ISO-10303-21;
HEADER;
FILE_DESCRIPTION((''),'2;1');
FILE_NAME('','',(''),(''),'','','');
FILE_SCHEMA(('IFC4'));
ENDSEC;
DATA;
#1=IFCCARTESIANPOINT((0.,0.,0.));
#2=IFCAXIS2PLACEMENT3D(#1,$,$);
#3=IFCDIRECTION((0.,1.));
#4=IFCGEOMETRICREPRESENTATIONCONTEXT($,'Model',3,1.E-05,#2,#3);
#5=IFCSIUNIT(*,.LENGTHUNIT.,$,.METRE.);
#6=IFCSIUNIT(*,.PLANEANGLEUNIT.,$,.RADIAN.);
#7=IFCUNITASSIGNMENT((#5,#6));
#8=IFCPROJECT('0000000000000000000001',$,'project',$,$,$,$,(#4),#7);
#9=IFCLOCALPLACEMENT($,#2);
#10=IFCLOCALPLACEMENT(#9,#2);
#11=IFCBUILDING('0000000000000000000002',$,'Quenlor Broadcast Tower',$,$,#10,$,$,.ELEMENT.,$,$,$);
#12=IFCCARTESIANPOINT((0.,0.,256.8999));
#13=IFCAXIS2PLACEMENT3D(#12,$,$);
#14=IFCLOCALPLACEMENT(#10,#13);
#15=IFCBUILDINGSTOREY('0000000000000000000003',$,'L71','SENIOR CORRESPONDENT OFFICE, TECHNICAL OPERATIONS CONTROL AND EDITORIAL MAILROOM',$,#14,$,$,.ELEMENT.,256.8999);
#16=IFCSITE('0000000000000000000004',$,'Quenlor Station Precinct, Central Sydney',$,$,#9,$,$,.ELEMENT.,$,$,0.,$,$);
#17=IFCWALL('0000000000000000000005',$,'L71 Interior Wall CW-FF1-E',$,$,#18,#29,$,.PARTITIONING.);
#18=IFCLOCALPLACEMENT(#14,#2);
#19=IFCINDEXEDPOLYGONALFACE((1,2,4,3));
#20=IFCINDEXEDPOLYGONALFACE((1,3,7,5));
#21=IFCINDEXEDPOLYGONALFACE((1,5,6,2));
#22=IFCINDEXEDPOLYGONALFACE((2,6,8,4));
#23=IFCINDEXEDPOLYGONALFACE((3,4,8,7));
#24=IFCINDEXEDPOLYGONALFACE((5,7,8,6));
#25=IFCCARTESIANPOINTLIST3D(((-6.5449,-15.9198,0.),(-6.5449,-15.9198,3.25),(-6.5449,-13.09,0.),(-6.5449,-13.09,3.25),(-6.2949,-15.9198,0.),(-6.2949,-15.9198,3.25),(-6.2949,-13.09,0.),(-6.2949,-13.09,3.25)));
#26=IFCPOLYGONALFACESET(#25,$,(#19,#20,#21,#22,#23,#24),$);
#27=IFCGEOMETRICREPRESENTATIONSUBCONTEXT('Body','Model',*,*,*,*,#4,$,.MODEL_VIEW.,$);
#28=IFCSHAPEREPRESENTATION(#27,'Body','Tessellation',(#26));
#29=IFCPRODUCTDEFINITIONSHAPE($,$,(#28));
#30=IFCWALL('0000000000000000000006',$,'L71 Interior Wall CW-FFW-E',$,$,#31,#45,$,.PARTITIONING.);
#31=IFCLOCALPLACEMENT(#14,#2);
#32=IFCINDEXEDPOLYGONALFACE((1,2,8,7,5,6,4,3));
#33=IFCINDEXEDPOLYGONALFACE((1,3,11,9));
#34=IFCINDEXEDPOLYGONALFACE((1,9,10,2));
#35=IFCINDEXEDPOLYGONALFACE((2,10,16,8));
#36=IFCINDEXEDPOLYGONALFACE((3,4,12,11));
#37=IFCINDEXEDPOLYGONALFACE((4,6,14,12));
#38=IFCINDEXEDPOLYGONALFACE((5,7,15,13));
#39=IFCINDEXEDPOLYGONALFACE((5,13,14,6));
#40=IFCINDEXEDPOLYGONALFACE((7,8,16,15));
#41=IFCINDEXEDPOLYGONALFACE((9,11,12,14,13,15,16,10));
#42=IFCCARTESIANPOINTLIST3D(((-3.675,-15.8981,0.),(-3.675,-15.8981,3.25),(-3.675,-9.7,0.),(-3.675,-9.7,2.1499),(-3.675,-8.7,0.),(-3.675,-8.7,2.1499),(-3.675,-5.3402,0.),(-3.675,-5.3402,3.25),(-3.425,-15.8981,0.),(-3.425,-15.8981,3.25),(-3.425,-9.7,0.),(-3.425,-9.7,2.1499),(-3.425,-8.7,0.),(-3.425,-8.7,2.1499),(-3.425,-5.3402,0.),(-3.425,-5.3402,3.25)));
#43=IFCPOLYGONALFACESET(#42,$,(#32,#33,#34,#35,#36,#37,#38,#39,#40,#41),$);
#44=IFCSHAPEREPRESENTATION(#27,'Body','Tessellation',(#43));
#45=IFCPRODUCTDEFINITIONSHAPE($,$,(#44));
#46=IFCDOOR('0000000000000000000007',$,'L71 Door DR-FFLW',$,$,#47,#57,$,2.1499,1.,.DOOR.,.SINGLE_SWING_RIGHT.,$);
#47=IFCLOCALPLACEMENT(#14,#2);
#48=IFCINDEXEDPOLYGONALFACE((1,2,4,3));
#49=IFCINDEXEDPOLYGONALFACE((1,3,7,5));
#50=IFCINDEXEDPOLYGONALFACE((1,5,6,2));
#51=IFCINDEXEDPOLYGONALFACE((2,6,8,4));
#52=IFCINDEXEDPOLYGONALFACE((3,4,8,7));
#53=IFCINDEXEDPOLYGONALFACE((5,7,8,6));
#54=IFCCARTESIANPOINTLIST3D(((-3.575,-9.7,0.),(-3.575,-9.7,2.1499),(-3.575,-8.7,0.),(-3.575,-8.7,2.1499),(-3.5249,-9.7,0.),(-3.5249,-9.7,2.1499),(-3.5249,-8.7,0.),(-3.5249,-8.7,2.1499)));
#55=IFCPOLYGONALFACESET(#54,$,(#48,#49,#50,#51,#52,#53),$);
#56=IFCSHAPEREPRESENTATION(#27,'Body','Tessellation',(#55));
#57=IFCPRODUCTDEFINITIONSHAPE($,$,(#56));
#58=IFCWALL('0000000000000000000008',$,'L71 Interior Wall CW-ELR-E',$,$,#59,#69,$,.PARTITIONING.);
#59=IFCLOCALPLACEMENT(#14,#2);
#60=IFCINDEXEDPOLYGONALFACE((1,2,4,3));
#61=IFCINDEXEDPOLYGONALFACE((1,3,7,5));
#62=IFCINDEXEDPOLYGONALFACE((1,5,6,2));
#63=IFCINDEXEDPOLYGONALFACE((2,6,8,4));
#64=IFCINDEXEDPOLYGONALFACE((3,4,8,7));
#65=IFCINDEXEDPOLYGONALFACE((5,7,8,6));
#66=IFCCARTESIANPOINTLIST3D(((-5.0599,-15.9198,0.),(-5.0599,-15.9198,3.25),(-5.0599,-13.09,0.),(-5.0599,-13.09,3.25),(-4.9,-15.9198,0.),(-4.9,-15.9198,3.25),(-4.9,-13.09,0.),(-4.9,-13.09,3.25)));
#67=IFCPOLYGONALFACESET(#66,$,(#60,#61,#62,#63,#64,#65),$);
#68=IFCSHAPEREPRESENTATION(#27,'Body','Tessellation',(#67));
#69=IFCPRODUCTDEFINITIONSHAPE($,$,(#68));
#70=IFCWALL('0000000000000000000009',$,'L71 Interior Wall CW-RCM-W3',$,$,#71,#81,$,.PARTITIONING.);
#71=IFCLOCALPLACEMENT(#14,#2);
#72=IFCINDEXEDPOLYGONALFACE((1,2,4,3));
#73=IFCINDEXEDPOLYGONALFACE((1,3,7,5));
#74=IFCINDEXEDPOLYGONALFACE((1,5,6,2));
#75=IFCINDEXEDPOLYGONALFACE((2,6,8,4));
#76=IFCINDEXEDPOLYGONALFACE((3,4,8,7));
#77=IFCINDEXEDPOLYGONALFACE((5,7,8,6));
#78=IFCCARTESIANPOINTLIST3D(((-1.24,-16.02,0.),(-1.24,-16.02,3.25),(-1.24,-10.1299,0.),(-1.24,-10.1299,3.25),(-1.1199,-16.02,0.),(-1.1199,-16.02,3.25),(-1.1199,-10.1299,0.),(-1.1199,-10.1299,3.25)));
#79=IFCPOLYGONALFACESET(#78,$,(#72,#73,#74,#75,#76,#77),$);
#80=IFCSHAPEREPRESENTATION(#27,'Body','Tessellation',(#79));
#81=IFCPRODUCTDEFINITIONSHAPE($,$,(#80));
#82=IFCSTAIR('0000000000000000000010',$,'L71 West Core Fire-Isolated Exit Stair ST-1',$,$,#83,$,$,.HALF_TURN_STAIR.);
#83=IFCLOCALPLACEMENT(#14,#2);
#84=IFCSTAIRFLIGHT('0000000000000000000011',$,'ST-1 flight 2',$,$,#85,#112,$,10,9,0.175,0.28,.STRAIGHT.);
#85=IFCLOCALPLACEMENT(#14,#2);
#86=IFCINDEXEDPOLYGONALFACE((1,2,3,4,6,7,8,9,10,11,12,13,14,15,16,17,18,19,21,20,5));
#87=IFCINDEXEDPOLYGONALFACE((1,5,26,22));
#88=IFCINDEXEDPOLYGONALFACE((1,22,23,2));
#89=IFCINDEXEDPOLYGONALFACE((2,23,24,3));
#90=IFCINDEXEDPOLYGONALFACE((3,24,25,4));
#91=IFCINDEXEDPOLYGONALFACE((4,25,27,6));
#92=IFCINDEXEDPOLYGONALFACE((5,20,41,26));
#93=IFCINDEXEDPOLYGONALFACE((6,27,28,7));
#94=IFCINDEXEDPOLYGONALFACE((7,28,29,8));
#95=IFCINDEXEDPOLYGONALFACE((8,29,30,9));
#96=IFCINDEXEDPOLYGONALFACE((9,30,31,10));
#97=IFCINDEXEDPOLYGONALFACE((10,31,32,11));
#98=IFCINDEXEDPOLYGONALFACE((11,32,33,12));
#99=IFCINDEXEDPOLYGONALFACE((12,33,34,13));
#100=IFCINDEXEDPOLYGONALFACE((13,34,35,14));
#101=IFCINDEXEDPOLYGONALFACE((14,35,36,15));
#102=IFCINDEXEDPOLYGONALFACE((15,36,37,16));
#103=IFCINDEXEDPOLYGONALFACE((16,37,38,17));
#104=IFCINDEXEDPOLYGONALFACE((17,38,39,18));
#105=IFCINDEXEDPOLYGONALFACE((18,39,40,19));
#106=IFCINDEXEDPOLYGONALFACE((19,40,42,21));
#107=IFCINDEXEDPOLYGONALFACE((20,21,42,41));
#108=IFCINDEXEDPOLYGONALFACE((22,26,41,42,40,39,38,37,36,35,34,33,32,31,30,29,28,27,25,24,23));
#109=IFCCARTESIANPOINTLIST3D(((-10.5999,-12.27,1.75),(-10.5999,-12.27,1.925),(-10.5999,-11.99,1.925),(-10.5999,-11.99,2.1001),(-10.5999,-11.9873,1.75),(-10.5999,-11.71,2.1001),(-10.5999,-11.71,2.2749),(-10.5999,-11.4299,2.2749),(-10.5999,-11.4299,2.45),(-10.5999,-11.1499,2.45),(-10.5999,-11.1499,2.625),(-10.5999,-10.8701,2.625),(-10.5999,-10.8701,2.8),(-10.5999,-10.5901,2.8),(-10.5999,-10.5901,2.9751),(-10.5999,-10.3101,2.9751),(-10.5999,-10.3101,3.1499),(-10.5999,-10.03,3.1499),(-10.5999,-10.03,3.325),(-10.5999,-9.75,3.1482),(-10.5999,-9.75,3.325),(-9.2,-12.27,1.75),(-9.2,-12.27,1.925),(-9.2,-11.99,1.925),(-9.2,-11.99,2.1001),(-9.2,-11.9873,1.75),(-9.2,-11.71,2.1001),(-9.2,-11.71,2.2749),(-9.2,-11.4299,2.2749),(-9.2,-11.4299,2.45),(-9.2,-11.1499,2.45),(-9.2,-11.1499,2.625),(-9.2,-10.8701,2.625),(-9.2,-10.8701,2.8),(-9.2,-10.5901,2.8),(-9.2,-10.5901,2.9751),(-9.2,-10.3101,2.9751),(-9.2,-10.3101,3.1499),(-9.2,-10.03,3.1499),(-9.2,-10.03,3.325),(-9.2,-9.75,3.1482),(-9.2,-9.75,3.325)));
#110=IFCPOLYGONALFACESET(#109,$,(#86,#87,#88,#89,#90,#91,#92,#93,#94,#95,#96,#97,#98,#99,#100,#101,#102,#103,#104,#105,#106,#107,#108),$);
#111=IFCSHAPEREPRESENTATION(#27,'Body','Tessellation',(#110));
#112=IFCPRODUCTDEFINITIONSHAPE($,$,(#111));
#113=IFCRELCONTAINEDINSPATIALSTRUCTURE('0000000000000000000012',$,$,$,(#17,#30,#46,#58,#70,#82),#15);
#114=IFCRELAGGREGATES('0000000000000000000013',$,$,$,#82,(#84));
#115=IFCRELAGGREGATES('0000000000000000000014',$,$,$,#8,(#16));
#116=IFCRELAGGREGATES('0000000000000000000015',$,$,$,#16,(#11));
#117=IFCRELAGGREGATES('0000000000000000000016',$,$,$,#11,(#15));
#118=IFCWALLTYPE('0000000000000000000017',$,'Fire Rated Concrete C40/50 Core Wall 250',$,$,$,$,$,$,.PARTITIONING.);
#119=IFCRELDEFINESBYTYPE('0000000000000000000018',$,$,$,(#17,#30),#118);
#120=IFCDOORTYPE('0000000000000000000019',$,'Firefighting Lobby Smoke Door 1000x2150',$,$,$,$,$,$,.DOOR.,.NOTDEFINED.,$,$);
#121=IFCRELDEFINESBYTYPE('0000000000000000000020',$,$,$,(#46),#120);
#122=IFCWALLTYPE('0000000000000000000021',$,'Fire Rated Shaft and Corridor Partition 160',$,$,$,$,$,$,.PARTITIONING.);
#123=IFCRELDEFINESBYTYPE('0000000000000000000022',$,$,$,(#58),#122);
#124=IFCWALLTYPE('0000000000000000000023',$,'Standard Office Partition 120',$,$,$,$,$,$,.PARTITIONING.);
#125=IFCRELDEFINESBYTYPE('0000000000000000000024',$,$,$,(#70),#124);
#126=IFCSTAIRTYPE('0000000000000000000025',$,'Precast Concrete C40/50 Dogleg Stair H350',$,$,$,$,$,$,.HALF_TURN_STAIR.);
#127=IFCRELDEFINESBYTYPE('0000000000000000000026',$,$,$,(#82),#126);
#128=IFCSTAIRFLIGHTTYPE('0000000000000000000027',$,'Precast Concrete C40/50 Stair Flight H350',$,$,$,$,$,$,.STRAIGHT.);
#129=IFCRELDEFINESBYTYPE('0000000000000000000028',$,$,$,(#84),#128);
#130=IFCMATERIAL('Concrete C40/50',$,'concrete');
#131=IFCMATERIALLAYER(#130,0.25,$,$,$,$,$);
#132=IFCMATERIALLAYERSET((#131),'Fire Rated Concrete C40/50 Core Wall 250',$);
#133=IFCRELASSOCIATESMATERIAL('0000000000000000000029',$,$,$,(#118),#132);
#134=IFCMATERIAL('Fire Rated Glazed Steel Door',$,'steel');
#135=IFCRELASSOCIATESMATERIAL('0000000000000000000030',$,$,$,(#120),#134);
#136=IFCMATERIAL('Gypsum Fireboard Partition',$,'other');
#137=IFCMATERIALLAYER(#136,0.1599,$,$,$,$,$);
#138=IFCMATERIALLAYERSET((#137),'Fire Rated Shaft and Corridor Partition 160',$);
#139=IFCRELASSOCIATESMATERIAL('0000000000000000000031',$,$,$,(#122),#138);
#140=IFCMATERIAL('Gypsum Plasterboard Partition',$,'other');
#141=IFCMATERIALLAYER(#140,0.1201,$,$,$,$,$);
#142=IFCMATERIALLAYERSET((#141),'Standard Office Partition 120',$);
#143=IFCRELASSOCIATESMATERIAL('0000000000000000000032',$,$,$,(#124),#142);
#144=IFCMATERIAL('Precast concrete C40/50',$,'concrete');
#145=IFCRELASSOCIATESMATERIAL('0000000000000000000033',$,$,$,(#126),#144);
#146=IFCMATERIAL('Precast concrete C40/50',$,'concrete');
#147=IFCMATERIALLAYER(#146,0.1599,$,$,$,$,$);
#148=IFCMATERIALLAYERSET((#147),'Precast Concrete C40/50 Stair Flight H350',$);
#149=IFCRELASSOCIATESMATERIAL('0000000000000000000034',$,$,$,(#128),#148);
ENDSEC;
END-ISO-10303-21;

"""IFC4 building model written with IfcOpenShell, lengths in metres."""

from ifc_helpers import new_model, si_unit, direction, frame, frame_2d, origin, place, context, subcontext, project, spatial, polyline, rectangle, outline, extrude, material, layer, layer_set, type_object, element, fill, aggregate, save


model = new_model("IFC4")

# Units and contexts
model_context = context("Model", 3, precision=1e-05, world=origin(), true_north=direction((0.0, 1.0)))
body_context = subcontext(model_context, "Body", "Model", "MODEL_VIEW")
ifc_project = project(units=[si_unit("LENGTHUNIT", "METRE"), si_unit("PLANEANGLEUNIT", "RADIAN")], contexts=[model_context])

# Site, building, storey
site_placement = place(None, origin())
site = spatial("IfcSite", under=ifc_project, at=site_placement, Name="Quenlor Station Precinct, Central Sydney", CompositionType="ELEMENT", RefElevation=0.0)
building_placement = place(site_placement, origin())
building = spatial("IfcBuilding", under=site, at=building_placement, Name="Quenlor Broadcast Tower", CompositionType="ELEMENT")
storey_placement = place(building_placement, frame((0.0, 0.0, 256.8999)))
storey = spatial("IfcBuildingStorey", under=building, at=storey_placement, Name="L71", Description="SENIOR CORRESPONDENT OFFICE, TECHNICAL OPERATIONS CONTROL AND EDITORIAL MAILROOM", CompositionType="ELEMENT", Elevation=256.8999)

# Shared definitions
ifc_material_1 = material(Name="Concrete C40/50", Category="concrete")
ifc_layer_1 = layer(ifc_material_1, 0.25)
ifc_layer_set_1 = layer_set([ifc_layer_1], Name="Fire Rated Concrete C40/50 Core Wall 250")
wall_type_1 = type_object("IfcWallType", Name="Fire Rated Concrete C40/50 Core Wall 250", PredefinedType="PARTITIONING", material=ifc_layer_set_1)

# Wall
wall_1_placement = place(storey_placement, frame((-6.4199, -15.9199, 0.0), z_axis=(0.0, 0.0, 1.0), x_axis=(0.0, 1.0, 0.0)))
element("IfcWall", 1, at=wall_1_placement, inside=storey, type_object=wall_type_1, Name="L71 Interior Wall CW-FF1-E", PredefinedType="PARTITIONING", context=body_context, shape_type="SweptSolid", body=[
    extrude(rectangle(XDim=2.8298, YDim=0.25, at=frame_2d((1.415, 0.0))), origin(), (0.0, 0.0, 1.0), 3.25),
])

# Wall, opening, door
wall_2_placement = place(storey_placement, frame((-3.55, -15.8979, 0.0), z_axis=(0.0, 0.0, 1.0), x_axis=(0.0, 1.0, 0.0)))
wall_2 = element("IfcWall", 2, at=wall_2_placement, inside=storey, type_object=wall_type_1, Name="L71 Interior Wall CW-FFW-E", PredefinedType="PARTITIONING", context=body_context, shape_type="SweptSolid", body=[
    extrude(rectangle(XDim=10.5579, YDim=0.25, at=frame_2d((5.2788, 0.0))), origin(), (0.0, 0.0, 1.0), 3.25),
])
opening_1_placement = place(wall_2_placement, frame((6.198, 0.0, 0.0)))
opening_1 = element("IfcOpeningElement", 3, at=opening_1_placement, cuts=wall_2, PredefinedType="OPENING", context=body_context, shape_type="SweptSolid", body=[
    extrude(rectangle(XDim=1.0, YDim=2.1499, at=frame_2d((0.5, 1.075))), frame((0.0, 0.135, 0.0), z_axis=(0.0, -1.0, 0.0), x_axis=(1.0, 0.0, 0.0)), (0.0, 0.0, 1.0), 0.27),
])
ifc_material_2 = material(Name="Fire Rated Glazed Steel Door", Category="steel")
door_type_1 = type_object("IfcDoorType", Name="Firefighting Lobby Smoke Door 1000x2150", OperationType="NOTDEFINED", PredefinedType="DOOR", material=ifc_material_2)
door_1_placement = place(opening_1_placement, origin())
door_1 = element("IfcDoor", 4, at=door_1_placement, inside=storey, type_object=door_type_1, Name="L71 Door DR-FFLW", OperationType="SINGLE_SWING_RIGHT", OverallHeight=2.1499, OverallWidth=1.0, PredefinedType="DOOR", context=body_context, shape_type="SweptSolid", body=[
    extrude(rectangle(XDim=1.0, YDim=2.1499, at=frame_2d((0.5, 1.075))), frame((0.0, 0.0249, 0.0), z_axis=(0.0, -1.0, 0.0), x_axis=(1.0, 0.0, 0.0)), (0.0, 0.0, 1.0), 0.05),
])
fill(opening_1, door_1)

# Wall
ifc_material_3 = material(Name="Gypsum Fireboard Partition", Category="other")
ifc_layer_2 = layer(ifc_material_3, 0.1599)
ifc_layer_set_2 = layer_set([ifc_layer_2], Name="Fire Rated Shaft and Corridor Partition 160")
wall_type_2 = type_object("IfcWallType", Name="Fire Rated Shaft and Corridor Partition 160", PredefinedType="PARTITIONING", material=ifc_layer_set_2)
wall_3_placement = place(storey_placement, frame((-4.98, -15.9199, 0.0), z_axis=(0.0, 0.0, 1.0), x_axis=(0.0, 1.0, 0.0)))
element("IfcWall", 5, at=wall_3_placement, inside=storey, type_object=wall_type_2, Name="L71 Interior Wall CW-ELR-E", PredefinedType="PARTITIONING", context=body_context, shape_type="SweptSolid", body=[
    extrude(rectangle(XDim=2.8298, YDim=0.1599, at=frame_2d((1.415, 0.0))), origin(), (0.0, 0.0, 1.0), 3.25),
])

# Shared definitions
ifc_material_4 = material(Name="Gypsum Plasterboard Partition", Category="other")
ifc_layer_3 = layer(ifc_material_4, 0.1201)
ifc_layer_set_3 = layer_set([ifc_layer_3], Name="Standard Office Partition 120")
wall_type_3 = type_object("IfcWallType", Name="Standard Office Partition 120", PredefinedType="PARTITIONING", material=ifc_layer_set_3)

# Wall
wall_4_placement = place(storey_placement, frame((-1.1799, -16.02, 0.0), z_axis=(0.0, 0.0, 1.0), x_axis=(0.0, 1.0, 0.0)))
element("IfcWall", 6, at=wall_4_placement, inside=storey, type_object=wall_type_3, Name="L71 Interior Wall CW-RCM-W3", PredefinedType="PARTITIONING", context=body_context, shape_type="SweptSolid", body=[
    extrude(rectangle(XDim=5.8901, YDim=0.1201, at=frame_2d((2.9451, 0.0))), origin(), (0.0, 0.0, 1.0), 3.25),
])

# Stair, stair flight
ifc_material_5 = material(Name="Precast concrete C40/50", Category="concrete")
stair_type = type_object("IfcStairType", Name="Precast Concrete C40/50 Dogleg Stair H350", PredefinedType="HALF_TURN_STAIR", material=ifc_material_5)
stair_placement = place(storey_placement, origin())
stair = element("IfcStair", 7, at=stair_placement, inside=storey, type_object=stair_type, Name="L71 West Core Fire-Isolated Exit Stair ST-1", PredefinedType="HALF_TURN_STAIR")
ifc_material_6 = material(Name="Precast concrete C40/50", Category="concrete")
ifc_layer_4 = layer(ifc_material_6, 0.1599)
ifc_layer_set_4 = layer_set([ifc_layer_4], Name="Precast Concrete C40/50 Stair Flight H350")
stair_flight_type = type_object("IfcStairFlightType", Name="Precast Concrete C40/50 Stair Flight H350", PredefinedType="STRAIGHT", material=ifc_layer_set_4)
stair_flight_placement = place(storey_placement, frame((-9.8999, -12.27, 1.75), z_axis=(0.0, 0.0, 1.0), x_axis=(0.0, 1.0, 0.0)))
stair_flight = element("IfcStairFlight", 8, at=stair_flight_placement, type_object=stair_flight_type, Name="ST-1 flight 2", NumberOfRisers=10, NumberOfTreads=9, PredefinedType="STRAIGHT", RiserHeight=0.175, TreadLength=0.28, context=body_context, shape_type="SweptSolid", body=[
    extrude(outline(polyline([(0.0, 0.0), (0.0, 0.175), (0.28, 0.175), (0.28, 0.3501), (0.5601, 0.3501), (0.5601, 0.5249), (0.8401, 0.5249), (0.8401, 0.7), (1.1201, 0.7), (1.1201, 0.875), (1.3999, 0.875), (1.3999, 1.05), (1.6799, 1.05), (1.6799, 1.2251), (1.96, 1.2251), (1.96, 1.3999), (2.24, 1.3999), (2.24, 1.575), (2.52, 1.575), (2.52, 1.75), (2.52, 1.3982), (0.2827, 0.0), (0.0, 0.0)])), frame((0.0, 0.7, 0.0), z_axis=(0.0, -1.0, 0.0), x_axis=(1.0, 0.0, 0.0)), (0.0, 0.0, 1.0), 1.3999),
])
aggregate(stair, [stair_flight])

save(model, "model.ifc")
